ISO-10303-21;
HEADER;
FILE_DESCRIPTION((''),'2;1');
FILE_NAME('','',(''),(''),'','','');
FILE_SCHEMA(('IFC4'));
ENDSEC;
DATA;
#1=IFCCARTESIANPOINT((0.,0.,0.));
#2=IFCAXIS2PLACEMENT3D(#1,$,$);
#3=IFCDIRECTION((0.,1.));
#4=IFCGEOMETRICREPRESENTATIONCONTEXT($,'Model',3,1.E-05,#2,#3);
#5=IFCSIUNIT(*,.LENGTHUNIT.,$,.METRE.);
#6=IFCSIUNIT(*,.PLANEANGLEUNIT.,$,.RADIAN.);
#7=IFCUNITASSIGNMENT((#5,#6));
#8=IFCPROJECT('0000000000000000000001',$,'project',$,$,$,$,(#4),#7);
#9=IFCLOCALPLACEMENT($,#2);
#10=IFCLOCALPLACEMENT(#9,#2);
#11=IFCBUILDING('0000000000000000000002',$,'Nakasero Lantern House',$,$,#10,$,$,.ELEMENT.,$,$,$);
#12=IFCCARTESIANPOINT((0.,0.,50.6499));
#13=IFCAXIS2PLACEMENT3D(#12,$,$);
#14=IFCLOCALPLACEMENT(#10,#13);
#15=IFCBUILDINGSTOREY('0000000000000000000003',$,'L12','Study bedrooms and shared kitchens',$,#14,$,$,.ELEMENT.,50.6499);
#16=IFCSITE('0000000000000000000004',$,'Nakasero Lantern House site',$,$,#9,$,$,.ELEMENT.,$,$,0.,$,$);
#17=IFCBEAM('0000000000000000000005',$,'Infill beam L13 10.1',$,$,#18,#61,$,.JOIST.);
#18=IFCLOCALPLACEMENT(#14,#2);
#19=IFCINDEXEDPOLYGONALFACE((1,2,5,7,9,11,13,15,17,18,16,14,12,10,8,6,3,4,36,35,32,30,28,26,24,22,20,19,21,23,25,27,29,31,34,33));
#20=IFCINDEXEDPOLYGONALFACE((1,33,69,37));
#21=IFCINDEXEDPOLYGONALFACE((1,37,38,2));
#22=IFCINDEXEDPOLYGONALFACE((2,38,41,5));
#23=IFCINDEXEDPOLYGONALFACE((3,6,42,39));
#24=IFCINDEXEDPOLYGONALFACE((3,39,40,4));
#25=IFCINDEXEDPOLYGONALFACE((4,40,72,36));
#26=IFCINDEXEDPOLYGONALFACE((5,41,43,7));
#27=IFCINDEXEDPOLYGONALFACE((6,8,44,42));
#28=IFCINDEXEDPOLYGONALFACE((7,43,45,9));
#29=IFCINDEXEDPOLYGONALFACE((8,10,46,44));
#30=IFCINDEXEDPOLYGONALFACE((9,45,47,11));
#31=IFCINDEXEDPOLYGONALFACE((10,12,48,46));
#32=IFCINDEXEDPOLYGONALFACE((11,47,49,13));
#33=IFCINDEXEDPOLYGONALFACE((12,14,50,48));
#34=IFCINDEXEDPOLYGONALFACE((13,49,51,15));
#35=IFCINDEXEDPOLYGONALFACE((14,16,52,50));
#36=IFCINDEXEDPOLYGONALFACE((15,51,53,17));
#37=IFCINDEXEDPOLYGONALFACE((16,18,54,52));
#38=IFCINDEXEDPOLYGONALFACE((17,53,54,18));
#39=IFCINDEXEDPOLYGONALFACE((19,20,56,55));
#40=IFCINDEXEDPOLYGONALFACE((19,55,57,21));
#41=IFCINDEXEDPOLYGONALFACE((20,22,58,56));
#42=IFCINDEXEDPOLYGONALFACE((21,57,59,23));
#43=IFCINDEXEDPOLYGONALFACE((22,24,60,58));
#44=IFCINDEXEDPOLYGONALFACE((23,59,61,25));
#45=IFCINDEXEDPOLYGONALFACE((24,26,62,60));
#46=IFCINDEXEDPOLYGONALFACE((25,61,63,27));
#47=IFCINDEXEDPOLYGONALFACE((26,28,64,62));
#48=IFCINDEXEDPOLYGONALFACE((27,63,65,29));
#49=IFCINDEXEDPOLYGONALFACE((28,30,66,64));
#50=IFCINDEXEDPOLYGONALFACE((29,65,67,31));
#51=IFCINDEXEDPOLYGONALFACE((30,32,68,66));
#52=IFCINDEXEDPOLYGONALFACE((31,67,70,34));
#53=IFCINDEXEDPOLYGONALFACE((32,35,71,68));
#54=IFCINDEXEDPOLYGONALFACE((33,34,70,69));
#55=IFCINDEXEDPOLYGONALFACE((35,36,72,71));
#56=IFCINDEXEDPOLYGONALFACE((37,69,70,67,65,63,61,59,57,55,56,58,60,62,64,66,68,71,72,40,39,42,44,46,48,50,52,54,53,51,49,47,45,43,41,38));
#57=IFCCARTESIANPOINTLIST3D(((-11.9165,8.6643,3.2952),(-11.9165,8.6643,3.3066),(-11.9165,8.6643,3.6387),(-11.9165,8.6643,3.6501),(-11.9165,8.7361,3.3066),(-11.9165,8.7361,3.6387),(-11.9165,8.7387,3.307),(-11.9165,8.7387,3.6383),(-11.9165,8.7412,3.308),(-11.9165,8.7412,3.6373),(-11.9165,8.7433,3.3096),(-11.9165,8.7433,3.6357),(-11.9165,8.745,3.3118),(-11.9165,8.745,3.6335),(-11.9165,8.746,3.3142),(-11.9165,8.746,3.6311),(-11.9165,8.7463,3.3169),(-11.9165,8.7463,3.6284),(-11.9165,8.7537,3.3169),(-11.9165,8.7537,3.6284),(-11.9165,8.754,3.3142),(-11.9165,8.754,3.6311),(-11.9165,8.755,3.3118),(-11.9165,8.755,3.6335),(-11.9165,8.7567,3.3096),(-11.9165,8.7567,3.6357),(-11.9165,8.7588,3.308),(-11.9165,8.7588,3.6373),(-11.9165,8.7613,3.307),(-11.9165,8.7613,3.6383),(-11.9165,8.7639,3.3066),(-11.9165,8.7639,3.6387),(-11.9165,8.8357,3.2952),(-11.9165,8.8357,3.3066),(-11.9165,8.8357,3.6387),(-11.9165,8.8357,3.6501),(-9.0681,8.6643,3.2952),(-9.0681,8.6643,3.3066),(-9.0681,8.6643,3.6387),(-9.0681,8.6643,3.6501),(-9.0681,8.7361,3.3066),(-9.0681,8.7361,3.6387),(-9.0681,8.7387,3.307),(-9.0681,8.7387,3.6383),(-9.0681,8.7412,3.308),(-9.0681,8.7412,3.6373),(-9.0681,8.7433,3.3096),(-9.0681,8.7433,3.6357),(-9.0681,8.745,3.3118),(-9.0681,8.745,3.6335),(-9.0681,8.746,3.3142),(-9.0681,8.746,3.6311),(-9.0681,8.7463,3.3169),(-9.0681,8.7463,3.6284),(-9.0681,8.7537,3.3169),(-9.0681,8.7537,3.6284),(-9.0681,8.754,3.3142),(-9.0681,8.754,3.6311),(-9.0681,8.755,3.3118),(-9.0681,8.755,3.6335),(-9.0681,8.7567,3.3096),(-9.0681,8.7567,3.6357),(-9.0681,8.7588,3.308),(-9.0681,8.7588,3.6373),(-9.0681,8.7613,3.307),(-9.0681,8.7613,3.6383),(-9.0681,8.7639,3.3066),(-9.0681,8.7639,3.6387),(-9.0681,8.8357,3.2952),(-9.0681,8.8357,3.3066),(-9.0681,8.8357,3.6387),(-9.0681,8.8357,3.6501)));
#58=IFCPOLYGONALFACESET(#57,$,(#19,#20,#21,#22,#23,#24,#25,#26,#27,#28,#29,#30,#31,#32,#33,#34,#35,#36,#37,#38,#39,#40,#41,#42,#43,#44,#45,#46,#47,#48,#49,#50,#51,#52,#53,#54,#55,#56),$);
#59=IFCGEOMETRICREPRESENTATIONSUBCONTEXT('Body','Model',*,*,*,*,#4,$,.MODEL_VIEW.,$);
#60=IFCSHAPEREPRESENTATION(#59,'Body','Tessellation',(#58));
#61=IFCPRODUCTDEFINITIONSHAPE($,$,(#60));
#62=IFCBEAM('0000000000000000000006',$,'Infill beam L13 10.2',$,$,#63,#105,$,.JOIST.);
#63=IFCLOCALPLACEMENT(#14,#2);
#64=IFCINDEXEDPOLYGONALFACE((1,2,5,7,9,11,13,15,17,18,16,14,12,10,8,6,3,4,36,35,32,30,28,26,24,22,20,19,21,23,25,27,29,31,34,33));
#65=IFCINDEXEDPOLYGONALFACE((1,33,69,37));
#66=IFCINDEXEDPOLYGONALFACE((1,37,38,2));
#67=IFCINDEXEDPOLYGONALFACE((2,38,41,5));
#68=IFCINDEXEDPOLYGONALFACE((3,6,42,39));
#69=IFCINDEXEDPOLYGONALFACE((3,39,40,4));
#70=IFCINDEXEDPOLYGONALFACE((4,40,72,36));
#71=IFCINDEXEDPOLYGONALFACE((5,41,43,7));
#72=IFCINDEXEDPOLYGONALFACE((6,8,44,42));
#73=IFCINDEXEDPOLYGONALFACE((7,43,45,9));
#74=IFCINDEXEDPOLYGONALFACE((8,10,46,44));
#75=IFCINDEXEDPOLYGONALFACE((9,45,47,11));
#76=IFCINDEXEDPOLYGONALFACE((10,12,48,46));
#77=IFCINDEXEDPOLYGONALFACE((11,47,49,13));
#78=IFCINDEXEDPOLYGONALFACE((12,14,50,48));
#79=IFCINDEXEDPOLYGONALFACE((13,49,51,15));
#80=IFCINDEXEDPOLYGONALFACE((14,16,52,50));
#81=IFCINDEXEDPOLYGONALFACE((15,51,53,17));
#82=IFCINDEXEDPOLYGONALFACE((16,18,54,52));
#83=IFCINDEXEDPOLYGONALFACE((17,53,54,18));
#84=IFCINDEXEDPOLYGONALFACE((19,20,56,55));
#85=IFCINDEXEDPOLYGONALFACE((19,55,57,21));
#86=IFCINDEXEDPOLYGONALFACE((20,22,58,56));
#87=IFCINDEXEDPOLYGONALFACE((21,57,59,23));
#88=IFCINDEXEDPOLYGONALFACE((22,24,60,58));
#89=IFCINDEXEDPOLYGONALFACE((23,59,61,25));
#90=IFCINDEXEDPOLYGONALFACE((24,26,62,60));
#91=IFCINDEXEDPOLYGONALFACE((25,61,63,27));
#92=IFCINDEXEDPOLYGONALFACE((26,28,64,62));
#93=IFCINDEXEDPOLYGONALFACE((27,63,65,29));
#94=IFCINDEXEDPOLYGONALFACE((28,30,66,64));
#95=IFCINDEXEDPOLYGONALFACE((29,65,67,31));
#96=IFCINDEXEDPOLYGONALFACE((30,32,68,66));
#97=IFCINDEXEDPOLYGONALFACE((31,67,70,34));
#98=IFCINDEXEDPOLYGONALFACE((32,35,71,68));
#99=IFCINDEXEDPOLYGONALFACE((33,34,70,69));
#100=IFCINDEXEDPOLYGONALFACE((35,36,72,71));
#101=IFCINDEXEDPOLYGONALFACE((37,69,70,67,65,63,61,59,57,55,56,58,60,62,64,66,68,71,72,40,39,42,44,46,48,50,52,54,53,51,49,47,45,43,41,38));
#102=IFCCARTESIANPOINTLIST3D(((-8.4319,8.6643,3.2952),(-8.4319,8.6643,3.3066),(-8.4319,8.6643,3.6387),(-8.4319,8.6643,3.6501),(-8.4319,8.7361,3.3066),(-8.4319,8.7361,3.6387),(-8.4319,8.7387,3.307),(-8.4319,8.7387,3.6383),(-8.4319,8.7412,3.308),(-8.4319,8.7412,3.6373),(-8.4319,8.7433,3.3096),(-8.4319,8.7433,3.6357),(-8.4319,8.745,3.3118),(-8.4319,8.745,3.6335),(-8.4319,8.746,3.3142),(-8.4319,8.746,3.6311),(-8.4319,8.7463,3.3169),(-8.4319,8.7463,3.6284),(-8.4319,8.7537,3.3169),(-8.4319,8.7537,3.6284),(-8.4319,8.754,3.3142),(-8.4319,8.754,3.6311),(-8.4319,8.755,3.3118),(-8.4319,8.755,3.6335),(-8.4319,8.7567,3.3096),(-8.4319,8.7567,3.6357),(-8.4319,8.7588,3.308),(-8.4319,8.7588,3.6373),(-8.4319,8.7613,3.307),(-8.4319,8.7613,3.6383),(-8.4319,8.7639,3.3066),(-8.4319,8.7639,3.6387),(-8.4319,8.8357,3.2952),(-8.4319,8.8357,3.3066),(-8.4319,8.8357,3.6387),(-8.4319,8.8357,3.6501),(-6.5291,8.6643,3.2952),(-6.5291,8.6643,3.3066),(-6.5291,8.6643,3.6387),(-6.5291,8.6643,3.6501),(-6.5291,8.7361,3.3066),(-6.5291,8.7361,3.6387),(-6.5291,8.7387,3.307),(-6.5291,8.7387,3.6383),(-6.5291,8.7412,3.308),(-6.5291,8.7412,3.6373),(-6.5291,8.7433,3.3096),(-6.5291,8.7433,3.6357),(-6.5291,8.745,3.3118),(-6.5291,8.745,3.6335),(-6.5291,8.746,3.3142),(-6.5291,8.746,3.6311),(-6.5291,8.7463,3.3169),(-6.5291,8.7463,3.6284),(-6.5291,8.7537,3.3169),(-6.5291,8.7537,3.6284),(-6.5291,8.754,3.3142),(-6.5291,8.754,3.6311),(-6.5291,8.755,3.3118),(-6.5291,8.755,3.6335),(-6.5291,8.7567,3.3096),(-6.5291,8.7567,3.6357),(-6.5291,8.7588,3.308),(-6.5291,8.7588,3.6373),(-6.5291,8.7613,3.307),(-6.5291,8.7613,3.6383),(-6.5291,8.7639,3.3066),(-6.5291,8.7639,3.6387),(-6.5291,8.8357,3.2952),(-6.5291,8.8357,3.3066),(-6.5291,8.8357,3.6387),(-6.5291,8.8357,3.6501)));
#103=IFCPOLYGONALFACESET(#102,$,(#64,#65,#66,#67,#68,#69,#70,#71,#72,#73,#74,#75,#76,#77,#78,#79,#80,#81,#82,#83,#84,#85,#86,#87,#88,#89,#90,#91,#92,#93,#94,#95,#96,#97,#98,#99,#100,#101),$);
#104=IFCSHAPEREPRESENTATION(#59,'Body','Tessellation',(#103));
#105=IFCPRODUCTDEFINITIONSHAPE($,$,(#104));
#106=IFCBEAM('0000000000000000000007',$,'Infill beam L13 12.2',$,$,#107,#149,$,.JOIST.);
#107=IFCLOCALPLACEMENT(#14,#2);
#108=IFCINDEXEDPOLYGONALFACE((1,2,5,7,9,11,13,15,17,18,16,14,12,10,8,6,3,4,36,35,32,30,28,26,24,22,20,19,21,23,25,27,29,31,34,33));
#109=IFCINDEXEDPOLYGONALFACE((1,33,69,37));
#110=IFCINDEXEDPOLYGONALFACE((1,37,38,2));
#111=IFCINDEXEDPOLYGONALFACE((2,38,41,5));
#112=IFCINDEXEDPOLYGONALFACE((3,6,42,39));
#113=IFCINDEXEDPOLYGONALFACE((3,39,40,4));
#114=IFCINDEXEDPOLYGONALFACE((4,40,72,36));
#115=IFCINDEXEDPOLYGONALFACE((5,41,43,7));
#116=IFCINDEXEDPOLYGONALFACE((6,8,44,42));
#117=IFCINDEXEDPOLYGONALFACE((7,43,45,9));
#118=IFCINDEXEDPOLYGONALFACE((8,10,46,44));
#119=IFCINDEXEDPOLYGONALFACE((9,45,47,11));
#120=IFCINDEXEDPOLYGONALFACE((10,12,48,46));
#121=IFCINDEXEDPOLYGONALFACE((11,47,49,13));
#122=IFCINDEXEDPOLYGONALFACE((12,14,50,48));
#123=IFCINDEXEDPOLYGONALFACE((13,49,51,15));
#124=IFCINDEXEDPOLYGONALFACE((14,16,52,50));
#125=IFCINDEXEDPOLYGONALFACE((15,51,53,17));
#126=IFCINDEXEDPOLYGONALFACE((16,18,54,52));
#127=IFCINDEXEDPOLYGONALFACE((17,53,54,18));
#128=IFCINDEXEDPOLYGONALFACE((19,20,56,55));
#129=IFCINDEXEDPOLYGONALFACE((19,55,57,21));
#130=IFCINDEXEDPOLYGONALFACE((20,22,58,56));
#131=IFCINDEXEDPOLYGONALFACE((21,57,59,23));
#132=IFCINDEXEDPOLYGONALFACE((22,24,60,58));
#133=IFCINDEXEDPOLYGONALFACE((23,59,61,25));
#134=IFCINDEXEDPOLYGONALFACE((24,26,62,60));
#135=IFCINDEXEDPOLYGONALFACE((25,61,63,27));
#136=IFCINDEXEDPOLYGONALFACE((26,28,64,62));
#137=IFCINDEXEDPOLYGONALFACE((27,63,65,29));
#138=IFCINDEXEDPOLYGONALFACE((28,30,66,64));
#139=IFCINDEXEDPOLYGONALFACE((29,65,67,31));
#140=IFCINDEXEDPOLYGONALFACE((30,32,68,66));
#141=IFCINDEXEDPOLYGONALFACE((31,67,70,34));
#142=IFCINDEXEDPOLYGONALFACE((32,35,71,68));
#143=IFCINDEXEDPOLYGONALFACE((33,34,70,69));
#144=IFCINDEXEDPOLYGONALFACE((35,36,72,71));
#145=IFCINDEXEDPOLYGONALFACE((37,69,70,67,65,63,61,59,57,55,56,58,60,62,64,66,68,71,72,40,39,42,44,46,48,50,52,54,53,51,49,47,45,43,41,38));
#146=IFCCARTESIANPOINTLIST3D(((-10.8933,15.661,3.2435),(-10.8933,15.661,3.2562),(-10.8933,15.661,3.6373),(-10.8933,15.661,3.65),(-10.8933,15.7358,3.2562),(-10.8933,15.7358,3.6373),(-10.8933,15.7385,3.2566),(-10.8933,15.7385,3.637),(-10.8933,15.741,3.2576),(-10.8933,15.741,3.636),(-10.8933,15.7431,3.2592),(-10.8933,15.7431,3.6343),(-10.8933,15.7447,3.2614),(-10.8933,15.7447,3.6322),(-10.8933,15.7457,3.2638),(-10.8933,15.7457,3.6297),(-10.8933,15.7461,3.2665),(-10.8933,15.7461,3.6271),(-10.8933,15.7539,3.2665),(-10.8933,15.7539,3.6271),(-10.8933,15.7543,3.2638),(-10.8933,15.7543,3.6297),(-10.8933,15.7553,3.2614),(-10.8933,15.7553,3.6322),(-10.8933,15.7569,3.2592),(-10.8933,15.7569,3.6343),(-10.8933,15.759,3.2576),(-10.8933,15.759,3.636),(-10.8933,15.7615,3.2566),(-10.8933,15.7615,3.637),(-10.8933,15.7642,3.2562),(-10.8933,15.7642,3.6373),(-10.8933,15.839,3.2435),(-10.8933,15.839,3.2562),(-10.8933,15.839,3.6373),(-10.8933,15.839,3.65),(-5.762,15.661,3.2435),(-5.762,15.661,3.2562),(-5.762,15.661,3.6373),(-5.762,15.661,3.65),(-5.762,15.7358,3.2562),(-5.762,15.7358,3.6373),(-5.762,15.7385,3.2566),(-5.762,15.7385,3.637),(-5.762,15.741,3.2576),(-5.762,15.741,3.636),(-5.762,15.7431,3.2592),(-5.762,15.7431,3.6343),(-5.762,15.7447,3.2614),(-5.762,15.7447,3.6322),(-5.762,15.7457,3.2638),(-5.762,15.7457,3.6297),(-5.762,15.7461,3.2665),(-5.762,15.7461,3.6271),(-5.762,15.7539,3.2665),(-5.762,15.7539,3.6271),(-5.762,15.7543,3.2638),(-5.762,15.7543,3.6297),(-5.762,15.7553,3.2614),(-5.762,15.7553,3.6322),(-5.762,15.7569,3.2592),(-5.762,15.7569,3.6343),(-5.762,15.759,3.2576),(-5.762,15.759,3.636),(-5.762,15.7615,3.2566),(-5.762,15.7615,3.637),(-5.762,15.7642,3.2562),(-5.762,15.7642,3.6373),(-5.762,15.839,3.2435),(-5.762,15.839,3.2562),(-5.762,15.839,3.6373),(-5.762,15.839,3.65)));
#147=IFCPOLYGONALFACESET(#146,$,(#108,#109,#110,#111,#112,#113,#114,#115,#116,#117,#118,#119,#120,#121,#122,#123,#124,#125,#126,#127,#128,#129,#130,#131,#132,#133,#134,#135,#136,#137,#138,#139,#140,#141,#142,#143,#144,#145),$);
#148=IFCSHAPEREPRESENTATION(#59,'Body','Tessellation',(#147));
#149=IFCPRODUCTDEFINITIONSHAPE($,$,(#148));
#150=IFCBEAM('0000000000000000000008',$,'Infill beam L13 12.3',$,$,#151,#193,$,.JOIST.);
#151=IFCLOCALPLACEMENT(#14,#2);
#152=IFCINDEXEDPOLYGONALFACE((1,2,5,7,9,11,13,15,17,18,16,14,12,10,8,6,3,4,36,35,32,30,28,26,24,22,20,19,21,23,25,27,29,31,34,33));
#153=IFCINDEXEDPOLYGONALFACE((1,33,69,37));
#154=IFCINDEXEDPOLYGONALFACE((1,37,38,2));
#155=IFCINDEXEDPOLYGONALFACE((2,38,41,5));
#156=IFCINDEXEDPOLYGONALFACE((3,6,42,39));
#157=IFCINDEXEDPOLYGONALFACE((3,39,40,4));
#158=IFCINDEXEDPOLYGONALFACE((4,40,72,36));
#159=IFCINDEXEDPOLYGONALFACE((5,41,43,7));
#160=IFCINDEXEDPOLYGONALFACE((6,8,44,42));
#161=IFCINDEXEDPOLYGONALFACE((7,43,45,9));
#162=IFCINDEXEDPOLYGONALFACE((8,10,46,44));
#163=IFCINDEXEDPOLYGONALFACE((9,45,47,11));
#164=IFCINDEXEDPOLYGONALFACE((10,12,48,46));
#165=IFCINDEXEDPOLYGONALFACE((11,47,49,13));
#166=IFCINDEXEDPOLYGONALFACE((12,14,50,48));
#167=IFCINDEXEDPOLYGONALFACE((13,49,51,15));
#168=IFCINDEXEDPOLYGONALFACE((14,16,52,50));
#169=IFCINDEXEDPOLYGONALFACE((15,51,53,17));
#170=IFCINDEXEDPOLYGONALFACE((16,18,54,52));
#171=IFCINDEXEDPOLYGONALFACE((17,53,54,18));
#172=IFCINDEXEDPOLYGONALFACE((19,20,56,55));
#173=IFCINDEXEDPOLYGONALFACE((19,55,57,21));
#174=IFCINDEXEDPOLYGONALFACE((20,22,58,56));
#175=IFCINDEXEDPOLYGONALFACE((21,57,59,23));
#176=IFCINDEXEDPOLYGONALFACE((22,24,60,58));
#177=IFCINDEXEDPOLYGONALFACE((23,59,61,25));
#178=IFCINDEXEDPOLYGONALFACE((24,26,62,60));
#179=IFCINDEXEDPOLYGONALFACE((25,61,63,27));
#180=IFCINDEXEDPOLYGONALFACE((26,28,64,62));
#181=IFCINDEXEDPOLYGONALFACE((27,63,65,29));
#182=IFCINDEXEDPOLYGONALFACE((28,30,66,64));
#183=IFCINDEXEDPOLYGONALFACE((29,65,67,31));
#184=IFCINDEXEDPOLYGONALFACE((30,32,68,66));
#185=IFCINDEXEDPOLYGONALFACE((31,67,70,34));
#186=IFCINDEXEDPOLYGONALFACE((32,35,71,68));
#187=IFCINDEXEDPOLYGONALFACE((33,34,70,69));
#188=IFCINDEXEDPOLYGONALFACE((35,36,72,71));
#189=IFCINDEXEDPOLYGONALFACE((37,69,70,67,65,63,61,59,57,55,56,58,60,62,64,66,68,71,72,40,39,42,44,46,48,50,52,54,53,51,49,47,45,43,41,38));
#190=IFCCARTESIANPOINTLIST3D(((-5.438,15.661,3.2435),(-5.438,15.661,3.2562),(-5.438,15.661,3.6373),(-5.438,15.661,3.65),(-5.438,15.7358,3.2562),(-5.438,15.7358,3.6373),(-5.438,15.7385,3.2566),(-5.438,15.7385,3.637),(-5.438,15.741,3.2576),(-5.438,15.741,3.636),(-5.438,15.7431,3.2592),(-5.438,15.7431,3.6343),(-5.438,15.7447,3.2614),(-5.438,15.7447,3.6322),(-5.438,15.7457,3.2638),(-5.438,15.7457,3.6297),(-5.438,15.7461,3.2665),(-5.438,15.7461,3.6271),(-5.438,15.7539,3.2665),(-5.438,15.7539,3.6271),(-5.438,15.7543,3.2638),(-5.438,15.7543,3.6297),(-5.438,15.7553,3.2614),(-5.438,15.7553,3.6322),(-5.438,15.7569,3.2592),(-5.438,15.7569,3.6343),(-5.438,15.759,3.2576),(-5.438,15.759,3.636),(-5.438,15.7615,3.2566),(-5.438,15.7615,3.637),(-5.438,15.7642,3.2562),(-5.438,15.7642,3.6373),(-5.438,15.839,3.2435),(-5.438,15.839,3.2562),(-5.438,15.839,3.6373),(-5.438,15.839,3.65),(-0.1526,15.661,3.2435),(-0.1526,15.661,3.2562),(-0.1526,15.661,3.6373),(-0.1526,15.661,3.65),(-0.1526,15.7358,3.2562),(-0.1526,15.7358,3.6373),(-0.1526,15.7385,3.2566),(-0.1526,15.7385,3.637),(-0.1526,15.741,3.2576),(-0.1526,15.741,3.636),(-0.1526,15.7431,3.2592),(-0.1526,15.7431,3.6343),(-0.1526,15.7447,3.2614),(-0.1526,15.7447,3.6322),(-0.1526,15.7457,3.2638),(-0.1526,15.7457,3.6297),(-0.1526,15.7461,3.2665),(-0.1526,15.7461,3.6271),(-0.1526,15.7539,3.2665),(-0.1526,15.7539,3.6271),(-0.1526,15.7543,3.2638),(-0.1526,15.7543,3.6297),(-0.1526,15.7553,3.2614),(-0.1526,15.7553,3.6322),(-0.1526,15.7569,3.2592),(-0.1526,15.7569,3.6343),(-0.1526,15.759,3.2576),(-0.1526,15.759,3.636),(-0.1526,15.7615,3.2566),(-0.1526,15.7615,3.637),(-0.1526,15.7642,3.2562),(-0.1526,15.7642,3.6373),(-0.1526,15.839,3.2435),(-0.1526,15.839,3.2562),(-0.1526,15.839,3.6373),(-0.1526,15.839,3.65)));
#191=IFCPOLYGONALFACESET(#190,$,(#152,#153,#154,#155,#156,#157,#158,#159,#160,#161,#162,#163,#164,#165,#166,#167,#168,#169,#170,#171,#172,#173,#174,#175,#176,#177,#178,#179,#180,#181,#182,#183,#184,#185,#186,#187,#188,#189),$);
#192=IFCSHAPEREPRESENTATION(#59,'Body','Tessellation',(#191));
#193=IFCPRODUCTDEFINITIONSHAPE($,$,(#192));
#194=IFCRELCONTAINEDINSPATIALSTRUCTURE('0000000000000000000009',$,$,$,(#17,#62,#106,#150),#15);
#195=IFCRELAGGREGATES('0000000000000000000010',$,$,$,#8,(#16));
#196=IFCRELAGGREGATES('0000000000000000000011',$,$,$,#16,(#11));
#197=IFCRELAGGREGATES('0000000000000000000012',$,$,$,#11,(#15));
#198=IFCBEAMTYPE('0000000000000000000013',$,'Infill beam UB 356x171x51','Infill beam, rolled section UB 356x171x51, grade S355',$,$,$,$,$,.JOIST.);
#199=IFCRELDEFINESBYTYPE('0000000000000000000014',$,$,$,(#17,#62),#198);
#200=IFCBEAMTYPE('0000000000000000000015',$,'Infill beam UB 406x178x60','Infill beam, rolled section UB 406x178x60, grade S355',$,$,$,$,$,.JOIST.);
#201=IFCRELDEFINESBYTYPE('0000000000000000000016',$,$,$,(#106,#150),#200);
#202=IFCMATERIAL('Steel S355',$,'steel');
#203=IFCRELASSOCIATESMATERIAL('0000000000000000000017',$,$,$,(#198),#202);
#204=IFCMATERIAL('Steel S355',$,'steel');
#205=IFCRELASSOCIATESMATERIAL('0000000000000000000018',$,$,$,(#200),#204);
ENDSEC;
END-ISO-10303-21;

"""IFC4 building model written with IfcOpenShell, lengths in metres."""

from ifc_helpers import new_model, si_unit, direction, frame, origin, origin_2d, place, context, subcontext, project, spatial, i_section, extrude, material, material_profile, profile_set, type_object, element, save


model = new_model("IFC4")

# Units and contexts
model_context = context("Model", 3, precision=1e-05, world=origin(), true_north=direction((0.0, 1.0)))
body_context = subcontext(model_context, "Body", "Model", "MODEL_VIEW")
ifc_project = project(units=[si_unit("LENGTHUNIT", "METRE"), si_unit("PLANEANGLEUNIT", "RADIAN")], contexts=[model_context])

# Site, building, storey
site_placement = place(None, origin())
site = spatial("IfcSite", under=ifc_project, at=site_placement, Name="Nakasero Lantern House site", CompositionType="ELEMENT", RefElevation=0.0)
building_placement = place(site_placement, origin())
building = spatial("IfcBuilding", under=site, at=building_placement, Name="Nakasero Lantern House", CompositionType="ELEMENT")
storey_placement = place(building_placement, frame((0.0, 0.0, 50.6499)))
storey = spatial("IfcBuildingStorey", under=building, at=storey_placement, Name="L12", Description="Study bedrooms and shared kitchens", CompositionType="ELEMENT", Elevation=50.6499)

# Beams
ifc_material_1 = material(Name="Steel S355", Category="steel")
ifc_material_profile_1 = material_profile(ifc_material_1, i_section(OverallWidth=0.1714, OverallDepth=0.355, WebThickness=0.0073, FlangeThickness=0.0115, FilletRadius=0.0103, at=origin_2d()), Name="UB 356x171x51")
ifc_profile_set_1 = profile_set([ifc_material_profile_1], Name="Steel S355")
beam_type_1 = type_object("IfcBeamType", Name="Infill beam UB 356x171x51", Description="Infill beam, rolled section UB 356x171x51, grade S355", PredefinedType="JOIST", material=ifc_profile_set_1)
beam_1_placement = place(storey_placement, frame((-11.9165, 8.75, 3.4727), z_axis=(1.0, 0.0, 0.0), x_axis=(0.0, 1.0, 0.0)))
element("IfcBeam", 1, at=beam_1_placement, inside=storey, type_object=beam_type_1, Name="Infill beam L13 10.1", PredefinedType="JOIST", context=body_context, shape_type="SweptSolid", body=[
    extrude(i_section(OverallWidth=0.1714, OverallDepth=0.355, WebThickness=0.0073, FlangeThickness=0.0115, FilletRadius=0.0103, at=origin_2d()), origin(), (0.0, 0.0, 1.0), 2.8484),
])
beam_2_placement = place(storey_placement, frame((-8.4319, 8.75, 3.4727), z_axis=(1.0, 0.0, 0.0), x_axis=(0.0, 1.0, 0.0)))
element("IfcBeam", 2, at=beam_2_placement, inside=storey, type_object=beam_type_1, Name="Infill beam L13 10.2", PredefinedType="JOIST", context=body_context, shape_type="SweptSolid", body=[
    extrude(i_section(OverallWidth=0.1714, OverallDepth=0.355, WebThickness=0.0073, FlangeThickness=0.0115, FilletRadius=0.0103, at=origin_2d()), origin(), (0.0, 0.0, 1.0), 1.9028),
])
ifc_material_2 = material(Name="Steel S355", Category="steel")
ifc_material_profile_2 = material_profile(ifc_material_2, i_section(OverallWidth=0.178, OverallDepth=0.4065, WebThickness=0.0078, FlangeThickness=0.0127, FilletRadius=0.0103, at=origin_2d()), Name="UB 406x178x60")
ifc_profile_set_2 = profile_set([ifc_material_profile_2], Name="Steel S355")
beam_type_2 = type_object("IfcBeamType", Name="Infill beam UB 406x178x60", Description="Infill beam, rolled section UB 406x178x60, grade S355", PredefinedType="JOIST", material=ifc_profile_set_2)
beam_3_placement = place(storey_placement, frame((-10.8933, 15.75, 3.4468), z_axis=(1.0, 0.0, 0.0), x_axis=(0.0, 1.0, 0.0)))
element("IfcBeam", 3, at=beam_3_placement, inside=storey, type_object=beam_type_2, Name="Infill beam L13 12.2", PredefinedType="JOIST", context=body_context, shape_type="SweptSolid", body=[
    extrude(i_section(OverallWidth=0.178, OverallDepth=0.4065, WebThickness=0.0078, FlangeThickness=0.0127, FilletRadius=0.0103, at=origin_2d()), origin(), (0.0, 0.0, 1.0), 5.1313),
])
beam_4_placement = place(storey_placement, frame((-5.438, 15.75, 3.4468), z_axis=(1.0, 0.0, 0.0), x_axis=(0.0, 1.0, 0.0)))
element("IfcBeam", 4, at=beam_4_placement, inside=storey, type_object=beam_type_2, Name="Infill beam L13 12.3", PredefinedType="JOIST", context=body_context, shape_type="SweptSolid", body=[
    extrude(i_section(OverallWidth=0.178, OverallDepth=0.4065, WebThickness=0.0078, FlangeThickness=0.0127, FilletRadius=0.0103, at=origin_2d()), origin(), (0.0, 0.0, 1.0), 5.2854),
])

save(model, "model.ifc")
